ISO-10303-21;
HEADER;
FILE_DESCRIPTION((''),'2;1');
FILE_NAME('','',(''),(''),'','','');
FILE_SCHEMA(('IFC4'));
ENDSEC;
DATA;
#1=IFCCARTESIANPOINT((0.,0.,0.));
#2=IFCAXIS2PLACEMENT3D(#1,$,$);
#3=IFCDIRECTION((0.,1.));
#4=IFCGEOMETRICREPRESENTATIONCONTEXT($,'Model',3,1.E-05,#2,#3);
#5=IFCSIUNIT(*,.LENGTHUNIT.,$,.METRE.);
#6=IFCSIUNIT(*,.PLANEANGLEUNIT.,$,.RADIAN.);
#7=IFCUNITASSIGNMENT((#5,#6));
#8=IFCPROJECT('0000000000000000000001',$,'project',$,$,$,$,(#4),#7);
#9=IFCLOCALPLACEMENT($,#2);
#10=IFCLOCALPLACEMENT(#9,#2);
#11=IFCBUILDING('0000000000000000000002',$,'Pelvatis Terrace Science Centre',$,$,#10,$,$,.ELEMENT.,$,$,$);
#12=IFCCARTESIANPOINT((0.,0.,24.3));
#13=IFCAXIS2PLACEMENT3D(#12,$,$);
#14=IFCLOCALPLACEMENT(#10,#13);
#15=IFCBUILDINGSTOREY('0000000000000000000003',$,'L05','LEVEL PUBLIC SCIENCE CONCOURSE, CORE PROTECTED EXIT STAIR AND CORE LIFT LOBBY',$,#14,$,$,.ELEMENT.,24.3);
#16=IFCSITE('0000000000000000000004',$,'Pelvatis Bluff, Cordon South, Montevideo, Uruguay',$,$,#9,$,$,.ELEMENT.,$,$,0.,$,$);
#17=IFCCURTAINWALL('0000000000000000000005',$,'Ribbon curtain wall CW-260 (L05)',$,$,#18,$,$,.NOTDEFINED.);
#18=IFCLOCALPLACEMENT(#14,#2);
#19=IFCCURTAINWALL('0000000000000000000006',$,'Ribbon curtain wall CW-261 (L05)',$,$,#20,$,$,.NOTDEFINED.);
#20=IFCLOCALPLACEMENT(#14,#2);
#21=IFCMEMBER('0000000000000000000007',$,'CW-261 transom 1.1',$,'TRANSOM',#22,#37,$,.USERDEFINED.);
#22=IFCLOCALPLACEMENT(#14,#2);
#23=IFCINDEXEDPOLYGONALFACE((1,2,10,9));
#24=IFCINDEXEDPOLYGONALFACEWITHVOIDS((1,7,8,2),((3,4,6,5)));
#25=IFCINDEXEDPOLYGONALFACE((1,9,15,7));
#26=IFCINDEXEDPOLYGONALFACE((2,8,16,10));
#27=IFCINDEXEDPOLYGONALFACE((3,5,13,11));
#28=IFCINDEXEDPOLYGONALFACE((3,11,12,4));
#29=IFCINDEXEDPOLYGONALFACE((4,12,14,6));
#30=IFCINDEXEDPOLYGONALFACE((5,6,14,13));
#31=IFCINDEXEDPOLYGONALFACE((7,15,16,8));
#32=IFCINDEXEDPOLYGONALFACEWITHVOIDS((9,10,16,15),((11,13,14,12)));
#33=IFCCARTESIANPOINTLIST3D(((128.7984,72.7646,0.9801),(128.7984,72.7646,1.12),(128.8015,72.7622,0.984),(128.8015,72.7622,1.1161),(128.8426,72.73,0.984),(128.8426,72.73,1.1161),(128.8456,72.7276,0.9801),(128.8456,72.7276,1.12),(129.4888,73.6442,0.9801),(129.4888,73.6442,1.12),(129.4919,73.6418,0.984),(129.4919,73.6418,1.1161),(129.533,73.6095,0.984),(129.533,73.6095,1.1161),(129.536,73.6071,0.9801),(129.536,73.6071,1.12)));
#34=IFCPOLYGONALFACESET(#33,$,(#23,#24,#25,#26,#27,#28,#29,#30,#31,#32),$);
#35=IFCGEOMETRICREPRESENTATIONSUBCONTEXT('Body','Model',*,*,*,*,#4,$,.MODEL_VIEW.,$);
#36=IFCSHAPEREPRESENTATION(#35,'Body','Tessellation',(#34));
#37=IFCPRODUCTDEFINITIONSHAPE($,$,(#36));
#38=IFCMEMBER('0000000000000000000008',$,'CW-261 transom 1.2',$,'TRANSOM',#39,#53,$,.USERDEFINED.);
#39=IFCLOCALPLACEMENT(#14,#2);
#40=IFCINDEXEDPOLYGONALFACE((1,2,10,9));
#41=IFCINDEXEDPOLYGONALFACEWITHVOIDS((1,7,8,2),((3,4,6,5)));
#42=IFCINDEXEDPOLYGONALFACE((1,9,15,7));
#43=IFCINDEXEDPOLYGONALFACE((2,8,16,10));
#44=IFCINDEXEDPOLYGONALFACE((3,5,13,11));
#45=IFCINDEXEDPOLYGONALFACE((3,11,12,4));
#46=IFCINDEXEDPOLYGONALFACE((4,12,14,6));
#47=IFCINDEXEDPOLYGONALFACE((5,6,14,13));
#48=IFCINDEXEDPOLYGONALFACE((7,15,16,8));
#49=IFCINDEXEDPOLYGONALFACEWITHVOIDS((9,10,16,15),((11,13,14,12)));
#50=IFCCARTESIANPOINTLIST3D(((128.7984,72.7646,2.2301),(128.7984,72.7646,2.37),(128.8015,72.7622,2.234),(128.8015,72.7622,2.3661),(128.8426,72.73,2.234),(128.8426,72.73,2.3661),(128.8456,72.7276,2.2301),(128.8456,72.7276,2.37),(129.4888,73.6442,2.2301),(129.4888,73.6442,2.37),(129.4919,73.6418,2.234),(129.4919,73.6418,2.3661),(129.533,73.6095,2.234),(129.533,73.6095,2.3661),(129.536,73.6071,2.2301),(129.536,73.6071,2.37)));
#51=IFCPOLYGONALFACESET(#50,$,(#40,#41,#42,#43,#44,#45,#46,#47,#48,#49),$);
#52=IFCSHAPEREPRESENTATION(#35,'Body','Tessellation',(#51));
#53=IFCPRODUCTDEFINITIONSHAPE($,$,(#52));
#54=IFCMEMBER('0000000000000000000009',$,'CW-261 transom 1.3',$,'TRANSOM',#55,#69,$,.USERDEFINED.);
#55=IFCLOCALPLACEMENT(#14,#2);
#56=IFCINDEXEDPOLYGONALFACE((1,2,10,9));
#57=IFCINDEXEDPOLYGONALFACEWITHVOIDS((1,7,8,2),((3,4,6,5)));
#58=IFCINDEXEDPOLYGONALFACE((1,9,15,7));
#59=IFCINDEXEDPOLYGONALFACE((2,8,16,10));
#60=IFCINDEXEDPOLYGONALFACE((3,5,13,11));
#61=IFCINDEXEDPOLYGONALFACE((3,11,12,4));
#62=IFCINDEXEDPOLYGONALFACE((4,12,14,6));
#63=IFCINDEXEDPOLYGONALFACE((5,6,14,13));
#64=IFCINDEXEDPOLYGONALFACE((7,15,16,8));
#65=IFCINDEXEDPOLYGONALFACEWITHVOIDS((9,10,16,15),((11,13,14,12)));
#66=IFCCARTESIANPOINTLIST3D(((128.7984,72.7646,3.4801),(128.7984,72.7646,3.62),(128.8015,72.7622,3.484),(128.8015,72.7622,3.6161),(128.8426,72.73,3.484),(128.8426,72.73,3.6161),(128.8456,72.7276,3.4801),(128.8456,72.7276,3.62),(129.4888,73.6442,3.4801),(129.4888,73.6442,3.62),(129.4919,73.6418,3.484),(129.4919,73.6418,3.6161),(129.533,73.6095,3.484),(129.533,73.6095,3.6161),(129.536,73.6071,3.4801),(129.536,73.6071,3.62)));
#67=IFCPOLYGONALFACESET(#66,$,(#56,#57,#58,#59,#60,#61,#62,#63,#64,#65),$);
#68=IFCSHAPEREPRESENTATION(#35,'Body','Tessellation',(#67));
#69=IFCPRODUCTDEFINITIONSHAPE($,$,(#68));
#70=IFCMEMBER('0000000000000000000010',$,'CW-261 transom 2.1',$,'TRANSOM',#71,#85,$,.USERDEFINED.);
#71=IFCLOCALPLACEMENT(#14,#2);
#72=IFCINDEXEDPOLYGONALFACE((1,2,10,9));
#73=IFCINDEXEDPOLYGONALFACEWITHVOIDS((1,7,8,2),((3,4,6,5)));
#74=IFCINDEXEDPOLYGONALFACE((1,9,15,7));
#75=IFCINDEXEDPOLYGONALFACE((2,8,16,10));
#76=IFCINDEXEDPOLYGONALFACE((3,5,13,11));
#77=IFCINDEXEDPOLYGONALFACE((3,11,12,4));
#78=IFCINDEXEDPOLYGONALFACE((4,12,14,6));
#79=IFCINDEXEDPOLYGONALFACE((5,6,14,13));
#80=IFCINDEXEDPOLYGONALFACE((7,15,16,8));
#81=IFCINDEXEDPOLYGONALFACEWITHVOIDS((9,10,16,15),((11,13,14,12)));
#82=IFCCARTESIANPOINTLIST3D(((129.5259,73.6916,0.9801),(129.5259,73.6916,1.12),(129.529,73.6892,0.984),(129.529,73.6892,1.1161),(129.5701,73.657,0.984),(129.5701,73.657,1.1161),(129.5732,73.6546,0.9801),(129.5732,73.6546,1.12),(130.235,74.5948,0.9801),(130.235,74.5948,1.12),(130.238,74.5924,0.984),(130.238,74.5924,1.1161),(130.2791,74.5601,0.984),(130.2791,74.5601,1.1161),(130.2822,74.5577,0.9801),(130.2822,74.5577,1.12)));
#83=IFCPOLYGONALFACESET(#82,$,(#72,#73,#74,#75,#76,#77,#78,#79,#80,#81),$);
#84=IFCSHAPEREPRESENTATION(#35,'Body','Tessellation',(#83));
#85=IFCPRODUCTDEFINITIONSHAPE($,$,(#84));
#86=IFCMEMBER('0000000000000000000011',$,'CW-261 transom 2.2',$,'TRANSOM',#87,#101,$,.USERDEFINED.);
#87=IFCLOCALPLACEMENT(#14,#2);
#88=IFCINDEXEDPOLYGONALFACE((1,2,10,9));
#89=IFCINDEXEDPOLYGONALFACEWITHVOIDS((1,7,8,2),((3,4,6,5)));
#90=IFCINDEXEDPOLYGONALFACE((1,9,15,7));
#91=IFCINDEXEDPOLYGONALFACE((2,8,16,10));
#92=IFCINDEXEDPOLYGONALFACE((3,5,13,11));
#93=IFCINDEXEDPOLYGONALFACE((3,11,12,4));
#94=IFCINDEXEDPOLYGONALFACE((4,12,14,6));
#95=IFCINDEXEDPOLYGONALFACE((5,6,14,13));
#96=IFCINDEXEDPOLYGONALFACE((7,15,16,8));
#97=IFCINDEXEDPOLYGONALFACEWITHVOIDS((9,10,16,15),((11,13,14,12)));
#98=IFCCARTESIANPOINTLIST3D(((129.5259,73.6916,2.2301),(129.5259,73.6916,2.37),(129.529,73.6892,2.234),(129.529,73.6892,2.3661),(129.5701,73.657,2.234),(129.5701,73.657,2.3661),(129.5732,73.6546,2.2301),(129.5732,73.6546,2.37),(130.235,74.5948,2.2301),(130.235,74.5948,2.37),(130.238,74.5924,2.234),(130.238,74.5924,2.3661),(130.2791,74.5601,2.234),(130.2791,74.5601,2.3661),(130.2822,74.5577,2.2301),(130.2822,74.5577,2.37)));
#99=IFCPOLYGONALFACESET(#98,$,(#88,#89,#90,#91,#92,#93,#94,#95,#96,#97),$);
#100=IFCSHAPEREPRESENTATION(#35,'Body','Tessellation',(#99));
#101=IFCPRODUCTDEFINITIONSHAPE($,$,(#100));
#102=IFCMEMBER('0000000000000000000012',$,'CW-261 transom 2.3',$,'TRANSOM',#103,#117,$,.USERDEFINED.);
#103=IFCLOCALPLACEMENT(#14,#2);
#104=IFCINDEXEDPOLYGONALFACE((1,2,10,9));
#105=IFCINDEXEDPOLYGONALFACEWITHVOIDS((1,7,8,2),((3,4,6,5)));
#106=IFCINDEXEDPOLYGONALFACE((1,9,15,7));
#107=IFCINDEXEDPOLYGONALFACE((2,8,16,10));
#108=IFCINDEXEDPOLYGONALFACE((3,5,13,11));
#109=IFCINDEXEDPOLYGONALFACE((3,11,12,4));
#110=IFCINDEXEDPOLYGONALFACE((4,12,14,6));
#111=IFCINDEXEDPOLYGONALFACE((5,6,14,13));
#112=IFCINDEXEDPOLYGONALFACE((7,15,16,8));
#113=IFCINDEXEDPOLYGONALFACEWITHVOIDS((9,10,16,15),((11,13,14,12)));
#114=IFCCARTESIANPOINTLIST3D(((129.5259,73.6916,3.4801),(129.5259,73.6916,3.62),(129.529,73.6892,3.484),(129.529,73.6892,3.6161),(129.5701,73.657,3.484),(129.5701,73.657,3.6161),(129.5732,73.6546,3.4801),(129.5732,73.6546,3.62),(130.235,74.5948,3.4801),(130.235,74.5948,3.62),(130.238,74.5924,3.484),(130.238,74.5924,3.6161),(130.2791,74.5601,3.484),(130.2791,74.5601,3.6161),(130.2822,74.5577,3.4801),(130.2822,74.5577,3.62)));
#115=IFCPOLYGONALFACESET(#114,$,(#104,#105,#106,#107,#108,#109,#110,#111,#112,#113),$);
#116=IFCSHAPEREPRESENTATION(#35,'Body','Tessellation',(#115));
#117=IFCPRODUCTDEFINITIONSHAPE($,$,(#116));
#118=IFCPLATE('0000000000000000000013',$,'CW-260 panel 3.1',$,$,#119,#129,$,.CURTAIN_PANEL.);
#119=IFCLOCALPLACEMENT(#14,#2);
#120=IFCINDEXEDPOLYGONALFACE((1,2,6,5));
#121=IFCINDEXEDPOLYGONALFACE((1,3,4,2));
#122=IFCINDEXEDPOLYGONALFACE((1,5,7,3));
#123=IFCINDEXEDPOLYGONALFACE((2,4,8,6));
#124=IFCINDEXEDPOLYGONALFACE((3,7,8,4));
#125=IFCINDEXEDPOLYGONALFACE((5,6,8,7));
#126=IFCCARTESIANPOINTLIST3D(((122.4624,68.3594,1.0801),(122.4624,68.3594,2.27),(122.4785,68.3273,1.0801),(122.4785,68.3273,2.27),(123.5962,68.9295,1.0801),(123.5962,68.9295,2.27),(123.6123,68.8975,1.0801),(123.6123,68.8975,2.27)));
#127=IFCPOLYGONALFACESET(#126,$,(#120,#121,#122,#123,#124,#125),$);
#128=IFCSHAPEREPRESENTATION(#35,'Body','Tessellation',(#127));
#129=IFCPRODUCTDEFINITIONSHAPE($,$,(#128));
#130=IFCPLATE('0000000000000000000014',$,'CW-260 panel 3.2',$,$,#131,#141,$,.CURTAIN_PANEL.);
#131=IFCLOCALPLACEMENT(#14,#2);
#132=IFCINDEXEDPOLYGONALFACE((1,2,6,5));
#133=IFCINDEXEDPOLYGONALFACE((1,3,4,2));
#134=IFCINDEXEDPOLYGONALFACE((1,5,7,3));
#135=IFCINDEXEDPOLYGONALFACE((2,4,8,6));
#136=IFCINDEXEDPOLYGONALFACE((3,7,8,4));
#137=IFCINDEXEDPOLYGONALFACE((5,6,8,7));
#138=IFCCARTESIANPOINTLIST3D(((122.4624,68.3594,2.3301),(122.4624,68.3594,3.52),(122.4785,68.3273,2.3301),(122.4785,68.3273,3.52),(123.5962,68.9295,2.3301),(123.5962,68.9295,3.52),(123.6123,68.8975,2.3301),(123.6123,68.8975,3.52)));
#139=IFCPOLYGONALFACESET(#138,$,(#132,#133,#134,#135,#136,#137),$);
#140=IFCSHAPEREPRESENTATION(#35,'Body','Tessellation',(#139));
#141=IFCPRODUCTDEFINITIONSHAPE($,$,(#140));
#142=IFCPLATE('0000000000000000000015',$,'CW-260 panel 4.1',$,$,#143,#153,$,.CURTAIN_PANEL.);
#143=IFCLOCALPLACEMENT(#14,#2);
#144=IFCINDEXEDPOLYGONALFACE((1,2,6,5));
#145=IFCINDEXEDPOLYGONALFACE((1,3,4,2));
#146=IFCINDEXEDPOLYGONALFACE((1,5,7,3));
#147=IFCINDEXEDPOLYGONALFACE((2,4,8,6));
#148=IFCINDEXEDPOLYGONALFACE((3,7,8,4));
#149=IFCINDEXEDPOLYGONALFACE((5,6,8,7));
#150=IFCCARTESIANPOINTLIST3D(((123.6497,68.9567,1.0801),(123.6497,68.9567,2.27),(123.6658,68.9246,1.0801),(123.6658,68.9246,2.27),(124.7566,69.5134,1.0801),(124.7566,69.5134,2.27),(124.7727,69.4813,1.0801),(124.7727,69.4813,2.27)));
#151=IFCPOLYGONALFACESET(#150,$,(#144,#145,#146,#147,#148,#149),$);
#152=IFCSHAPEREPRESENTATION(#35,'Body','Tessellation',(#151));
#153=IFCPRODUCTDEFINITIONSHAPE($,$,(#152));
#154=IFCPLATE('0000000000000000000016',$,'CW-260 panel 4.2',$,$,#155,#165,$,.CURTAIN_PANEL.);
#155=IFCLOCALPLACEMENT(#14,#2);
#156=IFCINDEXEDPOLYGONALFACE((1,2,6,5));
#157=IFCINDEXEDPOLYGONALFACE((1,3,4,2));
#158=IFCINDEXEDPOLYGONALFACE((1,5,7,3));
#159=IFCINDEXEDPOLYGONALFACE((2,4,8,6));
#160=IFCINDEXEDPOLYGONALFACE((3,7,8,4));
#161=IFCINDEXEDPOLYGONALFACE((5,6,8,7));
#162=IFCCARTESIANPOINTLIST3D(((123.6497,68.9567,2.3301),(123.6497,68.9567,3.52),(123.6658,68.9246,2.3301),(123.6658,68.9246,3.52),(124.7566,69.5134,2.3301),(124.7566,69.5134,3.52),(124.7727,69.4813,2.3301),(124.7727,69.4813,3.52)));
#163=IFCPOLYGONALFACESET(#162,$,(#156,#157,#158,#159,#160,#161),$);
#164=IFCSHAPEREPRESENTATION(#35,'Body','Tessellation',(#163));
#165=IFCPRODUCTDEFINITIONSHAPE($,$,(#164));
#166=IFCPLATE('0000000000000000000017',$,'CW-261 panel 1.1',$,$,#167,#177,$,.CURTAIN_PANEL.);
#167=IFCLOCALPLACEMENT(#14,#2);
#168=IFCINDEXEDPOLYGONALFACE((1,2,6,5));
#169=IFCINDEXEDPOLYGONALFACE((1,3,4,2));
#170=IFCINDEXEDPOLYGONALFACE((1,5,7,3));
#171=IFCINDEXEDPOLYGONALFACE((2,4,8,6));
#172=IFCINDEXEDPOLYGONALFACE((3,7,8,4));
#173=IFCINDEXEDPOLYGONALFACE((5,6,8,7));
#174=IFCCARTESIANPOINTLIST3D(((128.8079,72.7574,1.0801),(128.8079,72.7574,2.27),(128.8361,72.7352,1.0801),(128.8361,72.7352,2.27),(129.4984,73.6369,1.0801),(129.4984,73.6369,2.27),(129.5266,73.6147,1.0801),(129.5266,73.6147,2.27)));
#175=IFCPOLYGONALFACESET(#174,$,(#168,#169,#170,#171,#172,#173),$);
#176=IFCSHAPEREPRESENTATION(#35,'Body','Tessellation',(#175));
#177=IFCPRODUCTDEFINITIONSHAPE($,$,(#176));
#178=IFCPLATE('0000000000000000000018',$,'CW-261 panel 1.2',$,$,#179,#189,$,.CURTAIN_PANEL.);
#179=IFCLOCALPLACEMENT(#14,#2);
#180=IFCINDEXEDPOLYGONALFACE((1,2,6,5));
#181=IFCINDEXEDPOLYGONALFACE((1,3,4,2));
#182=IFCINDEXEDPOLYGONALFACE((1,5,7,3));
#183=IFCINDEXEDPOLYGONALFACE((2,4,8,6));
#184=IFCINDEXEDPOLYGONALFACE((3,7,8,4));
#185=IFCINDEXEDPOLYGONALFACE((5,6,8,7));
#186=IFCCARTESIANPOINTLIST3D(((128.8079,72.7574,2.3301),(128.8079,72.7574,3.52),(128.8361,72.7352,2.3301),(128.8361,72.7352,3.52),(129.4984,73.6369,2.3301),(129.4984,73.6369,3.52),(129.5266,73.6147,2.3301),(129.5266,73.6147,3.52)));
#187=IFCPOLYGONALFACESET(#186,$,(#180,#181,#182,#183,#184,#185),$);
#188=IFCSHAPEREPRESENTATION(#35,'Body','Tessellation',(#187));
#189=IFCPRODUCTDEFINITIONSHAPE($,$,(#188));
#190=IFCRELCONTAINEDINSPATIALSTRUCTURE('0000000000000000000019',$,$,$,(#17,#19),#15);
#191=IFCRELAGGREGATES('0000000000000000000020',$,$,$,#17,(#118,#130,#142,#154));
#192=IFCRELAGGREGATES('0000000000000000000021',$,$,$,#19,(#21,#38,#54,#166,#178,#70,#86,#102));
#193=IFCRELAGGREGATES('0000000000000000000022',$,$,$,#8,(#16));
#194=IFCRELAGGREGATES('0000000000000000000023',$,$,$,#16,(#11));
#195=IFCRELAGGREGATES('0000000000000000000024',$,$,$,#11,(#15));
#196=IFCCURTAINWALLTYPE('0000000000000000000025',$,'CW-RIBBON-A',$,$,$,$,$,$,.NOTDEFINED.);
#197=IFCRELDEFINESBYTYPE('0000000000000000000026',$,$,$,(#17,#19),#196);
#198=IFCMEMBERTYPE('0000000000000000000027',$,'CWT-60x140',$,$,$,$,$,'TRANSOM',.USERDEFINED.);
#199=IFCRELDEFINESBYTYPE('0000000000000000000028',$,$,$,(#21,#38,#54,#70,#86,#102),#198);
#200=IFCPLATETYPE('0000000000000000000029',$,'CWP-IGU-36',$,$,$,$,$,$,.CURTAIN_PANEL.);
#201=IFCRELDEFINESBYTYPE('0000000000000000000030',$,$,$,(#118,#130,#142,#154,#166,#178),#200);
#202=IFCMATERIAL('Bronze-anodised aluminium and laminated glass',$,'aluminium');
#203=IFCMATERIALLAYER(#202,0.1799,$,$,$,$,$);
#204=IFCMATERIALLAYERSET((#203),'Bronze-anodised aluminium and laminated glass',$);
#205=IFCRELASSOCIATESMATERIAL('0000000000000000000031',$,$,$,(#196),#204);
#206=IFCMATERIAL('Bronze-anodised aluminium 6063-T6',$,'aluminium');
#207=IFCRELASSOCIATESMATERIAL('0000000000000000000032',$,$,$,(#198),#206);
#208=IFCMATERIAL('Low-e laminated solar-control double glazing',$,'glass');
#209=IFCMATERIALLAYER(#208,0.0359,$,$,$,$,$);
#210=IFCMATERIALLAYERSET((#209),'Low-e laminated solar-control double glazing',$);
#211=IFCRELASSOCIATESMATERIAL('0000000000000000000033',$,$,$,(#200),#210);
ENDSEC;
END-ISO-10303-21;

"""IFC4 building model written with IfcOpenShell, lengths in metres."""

from ifc_helpers import new_model, si_unit, direction, frame, origin, origin_2d, place, context, subcontext, project, spatial, rectangle, hollow_rectangle, extrude, material, layer, layer_set, material_profile, profile_set, type_object, element, aggregate, save


model = new_model("IFC4")

# Units and contexts
model_context = context("Model", 3, precision=1e-05, world=origin(), true_north=direction((0.0, 1.0)))
body_context = subcontext(model_context, "Body", "Model", "MODEL_VIEW")
ifc_project = project(units=[si_unit("LENGTHUNIT", "METRE"), si_unit("PLANEANGLEUNIT", "RADIAN")], contexts=[model_context])

# Site, building, storey
site_placement = place(None, origin())
site = spatial("IfcSite", under=ifc_project, at=site_placement, Name="Pelvatis Bluff, Cordon South, Montevideo, Uruguay", CompositionType="ELEMENT", RefElevation=0.0)
building_placement = place(site_placement, origin())
building = spatial("IfcBuilding", under=site, at=building_placement, Name="Pelvatis Terrace Science Centre", CompositionType="ELEMENT")
storey_placement = place(building_placement, frame((0.0, 0.0, 24.3)))
storey = spatial("IfcBuildingStorey", under=building, at=storey_placement, Name="L05", Description="LEVEL PUBLIC SCIENCE CONCOURSE, CORE PROTECTED EXIT STAIR AND CORE LIFT LOBBY", CompositionType="ELEMENT", Elevation=24.3)

# Curtain walls
ifc_material_1 = material(Name="Bronze-anodised aluminium and laminated glass", Category="aluminium")
ifc_layer_1 = layer(ifc_material_1, 0.1799)
ifc_layer_set_1 = layer_set([ifc_layer_1], Name="Bronze-anodised aluminium and laminated glass")
curtain_wall_type = type_object("IfcCurtainWallType", Name="CW-RIBBON-A", PredefinedType="NOTDEFINED", material=ifc_layer_set_1)
curtain_wall_1_placement = place(storey_placement, origin())
curtain_wall_1 = element("IfcCurtainWall", 1, at=curtain_wall_1_placement, inside=storey, type_object=curtain_wall_type, Name="Ribbon curtain wall CW-260 (L05)", PredefinedType="NOTDEFINED")
curtain_wall_2_placement = place(storey_placement, origin())
curtain_wall_2 = element("IfcCurtainWall", 2, at=curtain_wall_2_placement, inside=storey, type_object=curtain_wall_type, Name="Ribbon curtain wall CW-261 (L05)", PredefinedType="NOTDEFINED")

# Members
ifc_material_2 = material(Name="Bronze-anodised aluminium 6063-T6", Category="aluminium")
ifc_material_profile_1 = material_profile(ifc_material_2, hollow_rectangle(XDim=0.0601, YDim=0.1399, WallThickness=0.0039, at=origin_2d()), Name="ALU-TRN 60x140")
ifc_profile_set_1 = profile_set([ifc_material_profile_1], Name="Bronze-anodised aluminium 6063-T6")
member_type_1 = type_object("IfcMemberType", Name="CWT-60x140", ElementType="TRANSOM", PredefinedType="USERDEFINED", material=ifc_profile_set_1)
member_1_placement = place(storey_placement, frame((128.822, 72.7461, 1.05), z_axis=(0.617426, 0.786629, 0.0), x_axis=(-0.786629, 0.617426, 0.0)))
member_1 = element("IfcMember", 3, at=member_1_placement, type_object=member_type_1, Name="CW-261 transom 1.1", ObjectType="TRANSOM", PredefinedType="USERDEFINED", context=body_context, shape_type="SweptSolid", body=[
    extrude(hollow_rectangle(XDim=0.0601, YDim=0.1399, WallThickness=0.0039, at=origin_2d()), origin(), (0.0, 0.0, 1.0), 1.1182),
])
member_2_placement = place(storey_placement, frame((128.822, 72.7461, 2.3), z_axis=(0.617426, 0.786629, 0.0), x_axis=(-0.786629, 0.617426, 0.0)))
member_2 = element("IfcMember", 4, at=member_2_placement, type_object=member_type_1, Name="CW-261 transom 1.2", ObjectType="TRANSOM", PredefinedType="USERDEFINED", context=body_context, shape_type="SweptSolid", body=[
    extrude(hollow_rectangle(XDim=0.0601, YDim=0.1399, WallThickness=0.0039, at=origin_2d()), origin(), (0.0, 0.0, 1.0), 1.1182),
])
member_3_placement = place(storey_placement, frame((128.822, 72.7461, 3.55), z_axis=(0.617426, 0.786629, 0.0), x_axis=(-0.786629, 0.617426, 0.0)))
member_3 = element("IfcMember", 5, at=member_3_placement, type_object=member_type_1, Name="CW-261 transom 1.3", ObjectType="TRANSOM", PredefinedType="USERDEFINED", context=body_context, shape_type="SweptSolid", body=[
    extrude(hollow_rectangle(XDim=0.0601, YDim=0.1399, WallThickness=0.0039, at=origin_2d()), origin(), (0.0, 0.0, 1.0), 1.1182),
])
member_4_placement = place(storey_placement, frame((129.5496, 73.6731, 1.05), z_axis=(0.617512, 0.786562, 0.0), x_axis=(-0.786562, 0.617512, 0.0)))
member_4 = element("IfcMember", 6, at=member_4_placement, type_object=member_type_1, Name="CW-261 transom 2.1", ObjectType="TRANSOM", PredefinedType="USERDEFINED", context=body_context, shape_type="SweptSolid", body=[
    extrude(hollow_rectangle(XDim=0.0601, YDim=0.1399, WallThickness=0.0039, at=origin_2d()), origin(), (0.0, 0.0, 1.0), 1.1482),
])
member_5_placement = place(storey_placement, frame((129.5496, 73.6731, 2.3), z_axis=(0.617512, 0.786562, 0.0), x_axis=(-0.786562, 0.617512, 0.0)))
member_5 = element("IfcMember", 7, at=member_5_placement, type_object=member_type_1, Name="CW-261 transom 2.2", ObjectType="TRANSOM", PredefinedType="USERDEFINED", context=body_context, shape_type="SweptSolid", body=[
    extrude(hollow_rectangle(XDim=0.0601, YDim=0.1399, WallThickness=0.0039, at=origin_2d()), origin(), (0.0, 0.0, 1.0), 1.1482),
])
member_6_placement = place(storey_placement, frame((129.5496, 73.6731, 3.55), z_axis=(0.617512, 0.786562, 0.0), x_axis=(-0.786562, 0.617512, 0.0)))
member_6 = element("IfcMember", 8, at=member_6_placement, type_object=member_type_1, Name="CW-261 transom 2.3", ObjectType="TRANSOM", PredefinedType="USERDEFINED", context=body_context, shape_type="SweptSolid", body=[
    extrude(hollow_rectangle(XDim=0.0601, YDim=0.1399, WallThickness=0.0039, at=origin_2d()), origin(), (0.0, 0.0, 1.0), 1.1482),
])

# Plates
ifc_material_3 = material(Name="Low-e laminated solar-control double glazing", Category="glass")
ifc_layer_2 = layer(ifc_material_3, 0.0359)
ifc_layer_set_2 = layer_set([ifc_layer_2], Name="Low-e laminated solar-control double glazing")
plate_type = type_object("IfcPlateType", Name="CWP-IGU-36", PredefinedType="CURTAIN_PANEL", material=ifc_layer_set_2)
plate_1_placement = place(storey_placement, frame((123.0374, 68.6284, 1.0801), z_axis=(0.0, 0.0, 1.0), x_axis=(0.893379, 0.449304, 0.0)))
plate_1 = element("IfcPlate", 9, at=plate_1_placement, type_object=plate_type, Name="CW-260 panel 3.1", PredefinedType="CURTAIN_PANEL", context=body_context, shape_type="SweptSolid", body=[
    extrude(rectangle(XDim=1.269, YDim=0.0359, at=origin_2d()), origin(), (0.0, 0.0, 1.0), 1.1899),
])
plate_2_placement = place(storey_placement, frame((123.0374, 68.6284, 2.3301), z_axis=(0.0, 0.0, 1.0), x_axis=(0.893379, 0.449304, 0.0)))
plate_2 = element("IfcPlate", 10, at=plate_2_placement, type_object=plate_type, Name="CW-260 panel 3.2", PredefinedType="CURTAIN_PANEL", context=body_context, shape_type="SweptSolid", body=[
    extrude(rectangle(XDim=1.269, YDim=0.0359, at=origin_2d()), origin(), (0.0, 0.0, 1.0), 1.1899),
])
plate_3_placement = place(storey_placement, frame((124.2112, 69.219, 1.0801), z_axis=(0.0, 0.0, 1.0), x_axis=(0.893379, 0.449304, 0.0)))
plate_3 = element("IfcPlate", 11, at=plate_3_placement, type_object=plate_type, Name="CW-260 panel 4.1", PredefinedType="CURTAIN_PANEL", context=body_context, shape_type="SweptSolid", body=[
    extrude(rectangle(XDim=1.239, YDim=0.0359, at=origin_2d()), origin(), (0.0, 0.0, 1.0), 1.1899),
])
plate_4_placement = place(storey_placement, frame((124.2112, 69.219, 2.3301), z_axis=(0.0, 0.0, 1.0), x_axis=(0.893379, 0.449304, 0.0)))
plate_4 = element("IfcPlate", 12, at=plate_4_placement, type_object=plate_type, Name="CW-260 panel 4.2", PredefinedType="CURTAIN_PANEL", context=body_context, shape_type="SweptSolid", body=[
    extrude(rectangle(XDim=1.239, YDim=0.0359, at=origin_2d()), origin(), (0.0, 0.0, 1.0), 1.1899),
])
aggregate(curtain_wall_1, [plate_1, plate_2, plate_3, plate_4])
plate_5_placement = place(storey_placement, frame((129.1672, 73.186, 1.0801), z_axis=(0.0, 0.0, 1.0), x_axis=(0.617493, 0.786577, 0.0)))
plate_5 = element("IfcPlate", 13, at=plate_5_placement, type_object=plate_type, Name="CW-261 panel 1.1", PredefinedType="CURTAIN_PANEL", context=body_context, shape_type="SweptSolid", body=[
    extrude(rectangle(XDim=1.1182, YDim=0.0359, at=origin_2d()), origin(), (0.0, 0.0, 1.0), 1.1899),
])
plate_6_placement = place(storey_placement, frame((129.1672, 73.186, 2.3301), z_axis=(0.0, 0.0, 1.0), x_axis=(0.617493, 0.786577, 0.0)))
plate_6 = element("IfcPlate", 14, at=plate_6_placement, type_object=plate_type, Name="CW-261 panel 1.2", PredefinedType="CURTAIN_PANEL", context=body_context, shape_type="SweptSolid", body=[
    extrude(rectangle(XDim=1.1182, YDim=0.0359, at=origin_2d()), origin(), (0.0, 0.0, 1.0), 1.1899),
])
aggregate(curtain_wall_2, [member_1, member_2, member_3, plate_5, plate_6, member_4, member_5, member_6])

save(model, "model.ifc")
